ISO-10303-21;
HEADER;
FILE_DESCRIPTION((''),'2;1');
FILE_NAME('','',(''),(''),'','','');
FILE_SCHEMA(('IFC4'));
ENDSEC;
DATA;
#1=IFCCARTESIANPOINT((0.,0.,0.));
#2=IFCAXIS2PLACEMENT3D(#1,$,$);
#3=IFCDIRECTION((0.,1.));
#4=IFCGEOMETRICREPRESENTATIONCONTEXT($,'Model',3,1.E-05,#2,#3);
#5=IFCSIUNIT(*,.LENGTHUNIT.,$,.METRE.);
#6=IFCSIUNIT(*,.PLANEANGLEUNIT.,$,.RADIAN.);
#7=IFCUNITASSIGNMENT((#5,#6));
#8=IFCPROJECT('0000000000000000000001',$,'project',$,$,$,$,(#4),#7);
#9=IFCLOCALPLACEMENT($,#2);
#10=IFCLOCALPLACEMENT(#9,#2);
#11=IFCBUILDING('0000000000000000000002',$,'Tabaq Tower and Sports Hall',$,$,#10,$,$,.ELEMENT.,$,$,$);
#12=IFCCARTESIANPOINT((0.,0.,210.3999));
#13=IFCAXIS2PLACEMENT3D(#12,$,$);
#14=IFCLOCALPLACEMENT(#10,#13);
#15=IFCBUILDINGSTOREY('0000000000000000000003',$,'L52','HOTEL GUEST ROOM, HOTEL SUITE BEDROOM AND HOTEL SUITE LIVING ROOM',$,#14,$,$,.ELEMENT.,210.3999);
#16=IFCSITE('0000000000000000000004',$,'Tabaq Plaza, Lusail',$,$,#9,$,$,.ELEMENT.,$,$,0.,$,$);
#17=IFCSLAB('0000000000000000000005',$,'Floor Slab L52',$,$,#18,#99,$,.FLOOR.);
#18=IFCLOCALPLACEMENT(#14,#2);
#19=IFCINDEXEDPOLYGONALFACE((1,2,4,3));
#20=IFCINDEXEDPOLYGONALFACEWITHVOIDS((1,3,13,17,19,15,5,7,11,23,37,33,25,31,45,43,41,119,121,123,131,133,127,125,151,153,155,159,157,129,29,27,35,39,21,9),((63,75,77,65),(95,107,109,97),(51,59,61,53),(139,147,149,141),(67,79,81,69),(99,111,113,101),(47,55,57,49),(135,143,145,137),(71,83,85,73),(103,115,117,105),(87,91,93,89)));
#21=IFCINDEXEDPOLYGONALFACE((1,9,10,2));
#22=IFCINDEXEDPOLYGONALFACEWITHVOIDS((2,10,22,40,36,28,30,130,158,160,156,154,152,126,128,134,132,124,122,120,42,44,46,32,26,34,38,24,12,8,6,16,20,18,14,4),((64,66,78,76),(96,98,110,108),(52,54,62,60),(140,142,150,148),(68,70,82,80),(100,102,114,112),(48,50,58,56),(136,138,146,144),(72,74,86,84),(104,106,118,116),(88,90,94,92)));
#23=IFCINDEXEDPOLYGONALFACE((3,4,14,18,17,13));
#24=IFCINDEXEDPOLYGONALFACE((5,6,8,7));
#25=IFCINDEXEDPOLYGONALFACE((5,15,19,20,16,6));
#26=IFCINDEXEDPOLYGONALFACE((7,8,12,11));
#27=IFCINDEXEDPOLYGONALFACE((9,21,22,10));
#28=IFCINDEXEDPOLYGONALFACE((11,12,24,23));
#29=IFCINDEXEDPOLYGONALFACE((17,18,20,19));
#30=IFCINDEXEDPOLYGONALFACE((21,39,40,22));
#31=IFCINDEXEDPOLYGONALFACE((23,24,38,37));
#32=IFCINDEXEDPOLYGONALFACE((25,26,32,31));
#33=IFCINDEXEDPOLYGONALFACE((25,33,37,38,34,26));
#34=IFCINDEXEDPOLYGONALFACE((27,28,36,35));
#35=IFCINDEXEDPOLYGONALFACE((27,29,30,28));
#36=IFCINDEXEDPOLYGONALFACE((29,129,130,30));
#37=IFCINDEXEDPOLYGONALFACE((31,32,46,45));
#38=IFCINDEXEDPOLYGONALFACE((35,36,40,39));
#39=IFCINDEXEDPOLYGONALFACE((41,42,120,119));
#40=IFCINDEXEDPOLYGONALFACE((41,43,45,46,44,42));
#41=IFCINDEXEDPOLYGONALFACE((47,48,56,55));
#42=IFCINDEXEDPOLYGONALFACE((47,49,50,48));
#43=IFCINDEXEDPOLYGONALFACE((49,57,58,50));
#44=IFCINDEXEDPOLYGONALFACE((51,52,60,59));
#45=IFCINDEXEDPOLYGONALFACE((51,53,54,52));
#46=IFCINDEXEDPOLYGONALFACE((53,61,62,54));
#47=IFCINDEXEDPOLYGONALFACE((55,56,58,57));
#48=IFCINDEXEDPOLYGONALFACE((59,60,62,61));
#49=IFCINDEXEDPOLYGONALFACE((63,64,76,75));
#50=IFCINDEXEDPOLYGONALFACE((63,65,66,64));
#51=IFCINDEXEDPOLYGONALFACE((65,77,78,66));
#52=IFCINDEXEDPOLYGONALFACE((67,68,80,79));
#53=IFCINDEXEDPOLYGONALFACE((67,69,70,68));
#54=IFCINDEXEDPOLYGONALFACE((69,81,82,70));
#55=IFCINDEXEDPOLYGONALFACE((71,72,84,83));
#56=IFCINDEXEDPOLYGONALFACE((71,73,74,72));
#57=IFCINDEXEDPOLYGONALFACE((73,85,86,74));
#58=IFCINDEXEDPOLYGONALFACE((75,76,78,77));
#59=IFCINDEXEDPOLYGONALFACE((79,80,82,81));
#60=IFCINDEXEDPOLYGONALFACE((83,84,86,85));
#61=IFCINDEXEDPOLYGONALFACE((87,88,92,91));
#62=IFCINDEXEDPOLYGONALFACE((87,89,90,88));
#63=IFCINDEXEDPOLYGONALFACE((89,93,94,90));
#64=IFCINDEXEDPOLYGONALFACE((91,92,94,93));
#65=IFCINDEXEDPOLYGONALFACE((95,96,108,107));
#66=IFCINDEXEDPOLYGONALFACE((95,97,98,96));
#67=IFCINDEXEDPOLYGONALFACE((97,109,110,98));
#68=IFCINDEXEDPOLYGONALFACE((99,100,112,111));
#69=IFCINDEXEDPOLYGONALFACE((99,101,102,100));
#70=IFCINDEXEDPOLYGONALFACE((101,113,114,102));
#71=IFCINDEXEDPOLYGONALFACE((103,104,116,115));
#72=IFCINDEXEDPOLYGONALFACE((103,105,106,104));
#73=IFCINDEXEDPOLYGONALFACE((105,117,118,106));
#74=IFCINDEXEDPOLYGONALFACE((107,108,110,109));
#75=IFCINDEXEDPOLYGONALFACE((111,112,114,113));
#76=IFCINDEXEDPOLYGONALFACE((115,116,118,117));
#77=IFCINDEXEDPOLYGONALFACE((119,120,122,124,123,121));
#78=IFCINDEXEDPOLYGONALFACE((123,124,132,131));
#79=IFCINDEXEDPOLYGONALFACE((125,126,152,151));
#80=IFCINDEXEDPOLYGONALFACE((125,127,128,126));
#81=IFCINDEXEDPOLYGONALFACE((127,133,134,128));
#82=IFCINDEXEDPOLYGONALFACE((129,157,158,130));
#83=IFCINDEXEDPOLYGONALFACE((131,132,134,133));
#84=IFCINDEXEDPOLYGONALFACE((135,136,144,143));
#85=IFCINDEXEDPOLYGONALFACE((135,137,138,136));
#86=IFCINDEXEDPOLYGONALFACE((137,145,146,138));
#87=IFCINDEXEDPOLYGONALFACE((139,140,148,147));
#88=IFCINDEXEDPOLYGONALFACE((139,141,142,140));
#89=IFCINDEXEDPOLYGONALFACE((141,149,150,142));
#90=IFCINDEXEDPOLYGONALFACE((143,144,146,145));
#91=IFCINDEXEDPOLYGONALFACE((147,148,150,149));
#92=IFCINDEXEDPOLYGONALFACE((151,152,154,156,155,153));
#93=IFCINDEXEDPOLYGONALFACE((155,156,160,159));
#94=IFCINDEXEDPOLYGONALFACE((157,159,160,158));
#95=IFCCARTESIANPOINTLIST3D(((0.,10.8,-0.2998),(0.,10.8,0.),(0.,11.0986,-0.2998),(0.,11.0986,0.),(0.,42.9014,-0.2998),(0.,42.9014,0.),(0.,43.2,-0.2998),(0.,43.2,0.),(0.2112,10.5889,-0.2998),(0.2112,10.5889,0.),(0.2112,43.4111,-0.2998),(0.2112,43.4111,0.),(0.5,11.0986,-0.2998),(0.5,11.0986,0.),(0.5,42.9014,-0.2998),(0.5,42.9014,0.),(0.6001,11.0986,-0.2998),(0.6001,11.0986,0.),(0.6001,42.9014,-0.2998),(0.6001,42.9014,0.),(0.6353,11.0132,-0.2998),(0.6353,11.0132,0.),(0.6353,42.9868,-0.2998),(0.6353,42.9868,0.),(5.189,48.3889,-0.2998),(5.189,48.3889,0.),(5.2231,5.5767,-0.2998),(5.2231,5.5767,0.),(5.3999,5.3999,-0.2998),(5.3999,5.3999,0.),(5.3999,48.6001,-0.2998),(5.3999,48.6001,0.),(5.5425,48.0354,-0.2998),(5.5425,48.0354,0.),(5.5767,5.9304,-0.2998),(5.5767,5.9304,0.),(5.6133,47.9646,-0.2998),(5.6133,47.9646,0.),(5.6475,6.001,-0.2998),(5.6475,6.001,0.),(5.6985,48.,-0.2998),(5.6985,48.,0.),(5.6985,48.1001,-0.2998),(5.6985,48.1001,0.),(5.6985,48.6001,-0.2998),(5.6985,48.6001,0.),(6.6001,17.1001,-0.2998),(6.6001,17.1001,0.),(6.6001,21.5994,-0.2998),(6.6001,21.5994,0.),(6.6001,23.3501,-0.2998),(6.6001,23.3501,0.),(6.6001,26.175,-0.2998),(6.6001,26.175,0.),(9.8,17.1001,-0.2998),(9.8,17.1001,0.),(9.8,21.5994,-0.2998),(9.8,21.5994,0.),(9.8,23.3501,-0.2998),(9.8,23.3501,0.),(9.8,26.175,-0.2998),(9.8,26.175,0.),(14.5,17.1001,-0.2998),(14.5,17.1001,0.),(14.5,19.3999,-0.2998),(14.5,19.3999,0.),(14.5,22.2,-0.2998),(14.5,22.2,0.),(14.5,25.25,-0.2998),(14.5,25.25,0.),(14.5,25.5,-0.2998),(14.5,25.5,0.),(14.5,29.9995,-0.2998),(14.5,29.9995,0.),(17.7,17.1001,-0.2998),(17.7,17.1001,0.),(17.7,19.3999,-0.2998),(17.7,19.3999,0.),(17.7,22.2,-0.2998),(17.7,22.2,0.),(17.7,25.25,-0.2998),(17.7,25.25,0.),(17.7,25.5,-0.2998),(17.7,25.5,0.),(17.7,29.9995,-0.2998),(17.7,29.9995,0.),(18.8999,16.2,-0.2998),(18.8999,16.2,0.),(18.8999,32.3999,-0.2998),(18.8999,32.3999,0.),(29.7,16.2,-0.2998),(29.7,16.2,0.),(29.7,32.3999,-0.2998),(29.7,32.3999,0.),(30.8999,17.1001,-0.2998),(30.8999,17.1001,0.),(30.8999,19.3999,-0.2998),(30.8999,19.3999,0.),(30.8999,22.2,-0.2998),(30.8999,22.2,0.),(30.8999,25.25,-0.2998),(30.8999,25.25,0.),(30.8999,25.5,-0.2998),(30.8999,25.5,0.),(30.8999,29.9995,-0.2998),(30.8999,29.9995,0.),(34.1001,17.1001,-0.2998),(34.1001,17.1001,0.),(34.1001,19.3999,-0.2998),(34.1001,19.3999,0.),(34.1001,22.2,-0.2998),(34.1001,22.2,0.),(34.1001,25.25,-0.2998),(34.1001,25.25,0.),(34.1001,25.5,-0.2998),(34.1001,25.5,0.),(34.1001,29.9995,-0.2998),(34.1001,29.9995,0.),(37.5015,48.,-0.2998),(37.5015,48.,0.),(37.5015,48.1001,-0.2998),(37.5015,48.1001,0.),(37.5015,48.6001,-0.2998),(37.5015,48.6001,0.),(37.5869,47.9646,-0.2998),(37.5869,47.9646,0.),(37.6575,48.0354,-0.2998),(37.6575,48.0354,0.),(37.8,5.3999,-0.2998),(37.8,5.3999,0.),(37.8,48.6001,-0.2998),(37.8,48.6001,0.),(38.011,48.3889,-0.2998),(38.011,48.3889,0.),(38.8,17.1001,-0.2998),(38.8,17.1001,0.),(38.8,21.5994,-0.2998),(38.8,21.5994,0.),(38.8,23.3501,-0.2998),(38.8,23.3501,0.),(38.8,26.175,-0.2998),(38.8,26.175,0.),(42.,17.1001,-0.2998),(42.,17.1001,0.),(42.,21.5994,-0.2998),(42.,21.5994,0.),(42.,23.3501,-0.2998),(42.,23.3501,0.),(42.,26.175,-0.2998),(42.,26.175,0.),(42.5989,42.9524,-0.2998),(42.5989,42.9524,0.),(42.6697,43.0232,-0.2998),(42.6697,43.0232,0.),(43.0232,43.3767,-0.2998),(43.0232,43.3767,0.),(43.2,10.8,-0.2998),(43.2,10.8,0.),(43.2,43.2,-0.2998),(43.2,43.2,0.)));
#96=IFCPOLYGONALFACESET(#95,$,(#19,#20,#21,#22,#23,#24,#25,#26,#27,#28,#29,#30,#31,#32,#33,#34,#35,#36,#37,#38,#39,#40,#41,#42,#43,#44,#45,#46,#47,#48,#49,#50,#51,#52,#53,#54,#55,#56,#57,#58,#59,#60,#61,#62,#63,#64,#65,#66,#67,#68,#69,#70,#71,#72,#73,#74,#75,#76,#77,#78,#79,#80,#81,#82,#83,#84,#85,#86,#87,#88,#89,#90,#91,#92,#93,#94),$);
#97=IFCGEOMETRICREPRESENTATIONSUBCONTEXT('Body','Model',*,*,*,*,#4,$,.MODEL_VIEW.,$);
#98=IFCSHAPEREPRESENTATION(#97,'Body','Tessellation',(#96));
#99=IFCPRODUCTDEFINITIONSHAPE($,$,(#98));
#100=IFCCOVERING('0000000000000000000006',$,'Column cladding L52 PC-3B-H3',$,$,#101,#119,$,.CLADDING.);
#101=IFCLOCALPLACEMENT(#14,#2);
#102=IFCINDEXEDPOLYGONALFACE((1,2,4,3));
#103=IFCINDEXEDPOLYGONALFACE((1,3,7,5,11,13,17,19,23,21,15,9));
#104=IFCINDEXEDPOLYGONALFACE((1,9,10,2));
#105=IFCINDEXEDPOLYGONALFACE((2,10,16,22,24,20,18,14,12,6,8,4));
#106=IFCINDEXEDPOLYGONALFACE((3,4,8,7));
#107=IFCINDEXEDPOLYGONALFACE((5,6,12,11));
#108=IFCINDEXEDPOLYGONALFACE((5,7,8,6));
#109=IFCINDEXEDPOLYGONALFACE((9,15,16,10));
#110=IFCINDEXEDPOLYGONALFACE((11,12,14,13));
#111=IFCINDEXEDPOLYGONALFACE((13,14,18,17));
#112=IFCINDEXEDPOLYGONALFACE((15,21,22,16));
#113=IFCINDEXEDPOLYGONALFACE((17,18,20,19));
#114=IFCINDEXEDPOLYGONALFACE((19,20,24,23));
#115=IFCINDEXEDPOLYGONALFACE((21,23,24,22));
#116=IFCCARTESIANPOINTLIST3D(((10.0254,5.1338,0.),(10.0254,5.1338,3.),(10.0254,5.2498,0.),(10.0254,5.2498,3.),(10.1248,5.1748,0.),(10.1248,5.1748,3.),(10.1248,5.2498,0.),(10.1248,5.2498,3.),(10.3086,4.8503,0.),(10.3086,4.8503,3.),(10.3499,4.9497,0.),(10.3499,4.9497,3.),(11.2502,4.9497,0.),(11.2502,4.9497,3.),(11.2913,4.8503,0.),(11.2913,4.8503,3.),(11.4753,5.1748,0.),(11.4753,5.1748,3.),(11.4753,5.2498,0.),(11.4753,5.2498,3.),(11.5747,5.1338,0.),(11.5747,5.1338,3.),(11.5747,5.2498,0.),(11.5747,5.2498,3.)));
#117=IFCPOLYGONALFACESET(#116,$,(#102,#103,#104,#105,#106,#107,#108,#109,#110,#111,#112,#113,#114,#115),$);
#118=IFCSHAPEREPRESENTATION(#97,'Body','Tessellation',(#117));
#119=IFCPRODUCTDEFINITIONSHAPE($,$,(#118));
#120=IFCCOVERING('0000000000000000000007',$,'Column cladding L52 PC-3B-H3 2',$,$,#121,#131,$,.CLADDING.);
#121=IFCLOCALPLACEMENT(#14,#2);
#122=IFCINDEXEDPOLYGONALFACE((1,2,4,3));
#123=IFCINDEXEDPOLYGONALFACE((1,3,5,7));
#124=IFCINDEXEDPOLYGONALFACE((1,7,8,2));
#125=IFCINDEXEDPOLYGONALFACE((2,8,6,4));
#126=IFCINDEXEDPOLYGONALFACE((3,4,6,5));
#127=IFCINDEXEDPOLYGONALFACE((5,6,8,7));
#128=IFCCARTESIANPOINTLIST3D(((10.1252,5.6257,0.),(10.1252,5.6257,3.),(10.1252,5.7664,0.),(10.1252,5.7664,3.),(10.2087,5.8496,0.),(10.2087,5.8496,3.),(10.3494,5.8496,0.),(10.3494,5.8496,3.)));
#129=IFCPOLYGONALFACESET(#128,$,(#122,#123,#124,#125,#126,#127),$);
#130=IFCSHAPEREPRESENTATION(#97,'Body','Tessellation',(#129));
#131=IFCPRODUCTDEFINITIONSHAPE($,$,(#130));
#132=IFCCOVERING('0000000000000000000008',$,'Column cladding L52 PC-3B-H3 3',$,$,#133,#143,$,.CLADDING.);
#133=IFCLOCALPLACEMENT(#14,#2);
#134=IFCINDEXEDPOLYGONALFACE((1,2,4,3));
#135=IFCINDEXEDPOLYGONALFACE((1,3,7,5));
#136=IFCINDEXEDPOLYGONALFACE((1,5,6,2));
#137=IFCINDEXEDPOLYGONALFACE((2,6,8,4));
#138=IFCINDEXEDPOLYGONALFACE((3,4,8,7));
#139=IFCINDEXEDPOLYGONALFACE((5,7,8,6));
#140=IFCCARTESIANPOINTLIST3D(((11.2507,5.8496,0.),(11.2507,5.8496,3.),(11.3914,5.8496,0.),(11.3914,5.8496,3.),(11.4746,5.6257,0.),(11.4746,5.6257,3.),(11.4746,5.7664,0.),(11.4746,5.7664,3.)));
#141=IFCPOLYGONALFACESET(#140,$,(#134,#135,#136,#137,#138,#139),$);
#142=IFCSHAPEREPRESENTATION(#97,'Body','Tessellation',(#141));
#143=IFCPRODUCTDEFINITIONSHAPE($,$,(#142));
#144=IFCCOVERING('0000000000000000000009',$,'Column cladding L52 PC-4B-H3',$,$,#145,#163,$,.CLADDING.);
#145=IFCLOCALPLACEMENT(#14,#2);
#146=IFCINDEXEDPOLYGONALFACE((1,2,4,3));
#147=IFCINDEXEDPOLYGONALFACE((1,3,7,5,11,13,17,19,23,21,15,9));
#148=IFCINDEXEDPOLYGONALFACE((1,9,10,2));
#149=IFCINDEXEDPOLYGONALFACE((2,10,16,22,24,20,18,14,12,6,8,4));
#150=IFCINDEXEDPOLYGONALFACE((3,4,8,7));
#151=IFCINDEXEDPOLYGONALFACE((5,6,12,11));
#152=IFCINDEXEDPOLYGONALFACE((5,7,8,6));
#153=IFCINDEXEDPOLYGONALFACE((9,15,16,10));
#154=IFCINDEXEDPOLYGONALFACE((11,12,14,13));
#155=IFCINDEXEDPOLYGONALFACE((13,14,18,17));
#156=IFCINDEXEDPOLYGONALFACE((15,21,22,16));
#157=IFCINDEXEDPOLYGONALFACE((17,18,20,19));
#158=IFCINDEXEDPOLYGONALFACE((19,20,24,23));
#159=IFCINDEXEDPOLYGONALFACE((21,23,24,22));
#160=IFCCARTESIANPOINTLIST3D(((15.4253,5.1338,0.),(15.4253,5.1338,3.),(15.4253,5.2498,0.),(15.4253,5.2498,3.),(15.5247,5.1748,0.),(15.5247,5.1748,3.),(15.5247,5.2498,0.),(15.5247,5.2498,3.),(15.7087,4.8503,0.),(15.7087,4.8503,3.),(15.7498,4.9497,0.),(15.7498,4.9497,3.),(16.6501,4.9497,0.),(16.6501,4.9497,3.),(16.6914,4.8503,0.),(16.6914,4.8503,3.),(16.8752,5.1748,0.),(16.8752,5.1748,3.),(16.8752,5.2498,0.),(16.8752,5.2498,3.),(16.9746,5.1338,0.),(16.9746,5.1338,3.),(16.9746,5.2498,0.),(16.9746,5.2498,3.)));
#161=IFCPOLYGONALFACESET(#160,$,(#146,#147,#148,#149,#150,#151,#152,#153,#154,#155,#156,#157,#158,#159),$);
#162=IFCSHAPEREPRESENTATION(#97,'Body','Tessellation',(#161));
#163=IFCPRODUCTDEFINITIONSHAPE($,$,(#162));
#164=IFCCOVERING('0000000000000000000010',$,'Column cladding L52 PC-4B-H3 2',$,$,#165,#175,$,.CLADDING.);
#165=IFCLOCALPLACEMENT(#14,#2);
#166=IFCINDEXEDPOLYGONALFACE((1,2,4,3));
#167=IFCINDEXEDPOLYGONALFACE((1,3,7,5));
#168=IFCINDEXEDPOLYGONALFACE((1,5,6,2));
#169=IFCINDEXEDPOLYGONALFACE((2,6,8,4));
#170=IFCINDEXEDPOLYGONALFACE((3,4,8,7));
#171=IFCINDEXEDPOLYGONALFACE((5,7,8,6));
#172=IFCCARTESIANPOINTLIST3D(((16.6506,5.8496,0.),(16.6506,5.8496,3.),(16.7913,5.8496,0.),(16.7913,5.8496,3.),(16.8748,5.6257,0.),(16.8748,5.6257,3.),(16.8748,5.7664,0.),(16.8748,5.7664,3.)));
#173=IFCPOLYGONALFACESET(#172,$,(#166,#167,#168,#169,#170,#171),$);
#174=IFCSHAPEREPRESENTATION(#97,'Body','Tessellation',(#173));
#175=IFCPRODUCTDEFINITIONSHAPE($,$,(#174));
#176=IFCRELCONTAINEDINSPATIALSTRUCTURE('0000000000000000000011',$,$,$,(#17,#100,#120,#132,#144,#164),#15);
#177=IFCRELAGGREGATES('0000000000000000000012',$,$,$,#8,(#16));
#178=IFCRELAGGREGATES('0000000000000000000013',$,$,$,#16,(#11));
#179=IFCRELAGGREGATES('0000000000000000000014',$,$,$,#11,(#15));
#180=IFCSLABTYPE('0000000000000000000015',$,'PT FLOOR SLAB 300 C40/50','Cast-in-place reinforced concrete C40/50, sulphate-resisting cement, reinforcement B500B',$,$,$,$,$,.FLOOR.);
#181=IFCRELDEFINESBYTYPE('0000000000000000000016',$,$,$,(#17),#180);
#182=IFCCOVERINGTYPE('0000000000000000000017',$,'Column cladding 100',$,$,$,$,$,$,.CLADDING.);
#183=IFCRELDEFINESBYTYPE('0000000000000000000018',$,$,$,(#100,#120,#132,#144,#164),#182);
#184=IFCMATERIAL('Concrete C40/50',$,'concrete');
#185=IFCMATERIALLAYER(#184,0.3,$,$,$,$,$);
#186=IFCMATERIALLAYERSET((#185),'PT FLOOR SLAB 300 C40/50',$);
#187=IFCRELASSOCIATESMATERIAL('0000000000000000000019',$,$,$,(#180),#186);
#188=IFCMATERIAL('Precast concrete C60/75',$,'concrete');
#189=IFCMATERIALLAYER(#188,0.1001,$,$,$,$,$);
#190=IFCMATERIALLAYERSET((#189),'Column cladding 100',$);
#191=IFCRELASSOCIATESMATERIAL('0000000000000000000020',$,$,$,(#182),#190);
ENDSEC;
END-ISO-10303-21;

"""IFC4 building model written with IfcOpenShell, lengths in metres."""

from ifc_helpers import new_model, si_unit, direction, frame, origin, place, context, subcontext, project, spatial, polyline, outline, extrude, material, layer, layer_set, type_object, element, save


model = new_model("IFC4")

# Units and contexts
model_context = context("Model", 3, precision=1e-05, world=origin(), true_north=direction((0.0, 1.0)))
body_context = subcontext(model_context, "Body", "Model", "MODEL_VIEW")
ifc_project = project(units=[si_unit("LENGTHUNIT", "METRE"), si_unit("PLANEANGLEUNIT", "RADIAN")], contexts=[model_context])

# Site, building, storey
site_placement = place(None, origin())
site = spatial("IfcSite", under=ifc_project, at=site_placement, Name="Tabaq Plaza, Lusail", CompositionType="ELEMENT", RefElevation=0.0)
building_placement = place(site_placement, origin())
building = spatial("IfcBuilding", under=site, at=building_placement, Name="Tabaq Tower and Sports Hall", CompositionType="ELEMENT")
storey_placement = place(building_placement, frame((0.0, 0.0, 210.3999)))
storey = spatial("IfcBuildingStorey", under=building, at=storey_placement, Name="L52", Description="HOTEL GUEST ROOM, HOTEL SUITE BEDROOM AND HOTEL SUITE LIVING ROOM", CompositionType="ELEMENT", Elevation=210.3999)

# Slab
ifc_material_1 = material(Name="Concrete C40/50", Category="concrete")
ifc_layer_1 = layer(ifc_material_1, 0.3)
ifc_layer_set_1 = layer_set([ifc_layer_1], Name="PT FLOOR SLAB 300 C40/50")
slab_type = type_object("IfcSlabType", Name="PT FLOOR SLAB 300 C40/50", Description="Cast-in-place reinforced concrete C40/50, sulphate-resisting cement, reinforcement B500B", PredefinedType="FLOOR", material=ifc_layer_set_1)
slab_placement = place(storey_placement, frame((0.0, 0.0, -0.2998)))
element("IfcSlab", 1, at=slab_placement, inside=storey, type_object=slab_type, Name="Floor Slab L52", PredefinedType="FLOOR", context=body_context, shape_type="SweptSolid", body=[
    extrude(outline(polyline([(0.0, 11.0986), (0.0, 10.8), (0.2112, 10.5889), (0.6353, 11.0132), (5.6475, 6.001), (5.5767, 5.9304), (5.2231, 5.5767), (5.3999, 5.3999), (37.8, 5.3999), (43.2, 10.8), (43.2, 43.2), (43.0232, 43.3767), (42.6697, 43.0232), (42.5989, 42.9524), (37.5869, 47.9646), (37.6575, 48.0354), (38.011, 48.3889), (37.8, 48.6001), (37.5015, 48.6001), (37.5015, 48.1001), (37.5015, 48.0), (5.6985, 48.0), (5.6985, 48.1001), (5.6985, 48.6001), (5.3999, 48.6001), (5.189, 48.3889), (5.5425, 48.0354), (5.6133, 47.9646), (0.6353, 42.9868), (0.2112, 43.4111), (0.0, 43.2), (0.0, 42.9014), (0.5, 42.9014), (0.6001, 42.9014), (0.6001, 11.0986), (0.5, 11.0986), (0.0, 11.0986)]), holes=[polyline([(14.5, 19.3999), (17.7, 19.3999), (17.7, 17.1001), (14.5, 17.1001), (14.5, 19.3999)]), polyline([(6.6001, 21.5994), (9.8, 21.5994), (9.8, 17.1001), (6.6001, 17.1001), (6.6001, 21.5994)]), polyline([(14.5, 25.25), (17.7, 25.25), (17.7, 22.2), (14.5, 22.2), (14.5, 25.25)]), polyline([(18.8999, 32.3999), (29.7, 32.3999), (29.7, 16.2), (18.8999, 16.2), (18.8999, 32.3999)]), polyline([(9.8, 26.175), (9.8, 23.3501), (6.6001, 23.3501), (6.6001, 26.175), (9.8, 26.175)]), polyline([(14.5, 29.9995), (17.7, 29.9995), (17.7, 25.5), (14.5, 25.5), (14.5, 29.9995)]), polyline([(34.1001, 19.3999), (34.1001, 17.1001), (30.8999, 17.1001), (30.8999, 19.3999), (34.1001, 19.3999)]), polyline([(42.0, 21.5994), (42.0, 17.1001), (38.8, 17.1001), (38.8, 21.5994), (42.0, 21.5994)]), polyline([(30.8999, 25.25), (34.1001, 25.25), (34.1001, 22.2), (30.8999, 22.2), (30.8999, 25.25)]), polyline([(42.0, 26.175), (42.0, 23.3501), (38.8, 23.3501), (38.8, 26.175), (42.0, 26.175)]), polyline([(34.1001, 29.9995), (34.1001, 25.5), (30.8999, 25.5), (30.8999, 29.9995), (34.1001, 29.9995)])]), origin(), (0.0, 0.0, 1.0), 0.2998),
])

# Coverings
ifc_material_2 = material(Name="Precast concrete C60/75", Category="concrete")
ifc_layer_2 = layer(ifc_material_2, 0.1001)
ifc_layer_set_2 = layer_set([ifc_layer_2], Name="Column cladding 100")
covering_type = type_object("IfcCoveringType", Name="Column cladding 100", PredefinedType="CLADDING", material=ifc_layer_set_2)
covering_1_placement = place(storey_placement, origin())
element("IfcCovering", 2, at=covering_1_placement, inside=storey, type_object=covering_type, Name="Column cladding L52 PC-3B-H3", PredefinedType="CLADDING", context=body_context, shape_type="SweptSolid", body=[
    extrude(outline(polyline([(10.0254, 5.2498), (10.1248, 5.2498), (10.1248, 5.1748), (10.3499, 4.9497), (11.2502, 4.9497), (11.4753, 5.1748), (11.4753, 5.2498), (11.5747, 5.2498), (11.5747, 5.1338), (11.2913, 4.8503), (10.3086, 4.8503), (10.0254, 5.1338), (10.0254, 5.2498)])), origin(), (0.0, 0.0, 1.0), 3.0),
])
covering_2_placement = place(storey_placement, origin())
element("IfcCovering", 3, at=covering_2_placement, inside=storey, type_object=covering_type, Name="Column cladding L52 PC-3B-H3 2", PredefinedType="CLADDING", context=body_context, shape_type="SweptSolid", body=[
    extrude(outline(polyline([(10.2087, 5.8496), (10.3494, 5.8496), (10.1252, 5.6257), (10.1252, 5.7664), (10.2087, 5.8496)])), origin(), (0.0, 0.0, 1.0), 3.0),
])
covering_3_placement = place(storey_placement, origin())
element("IfcCovering", 4, at=covering_3_placement, inside=storey, type_object=covering_type, Name="Column cladding L52 PC-3B-H3 3", PredefinedType="CLADDING", context=body_context, shape_type="SweptSolid", body=[
    extrude(outline(polyline([(11.4746, 5.7664), (11.4746, 5.6257), (11.2507, 5.8496), (11.3914, 5.8496), (11.4746, 5.7664)])), origin(), (0.0, 0.0, 1.0), 3.0),
])
covering_4_placement = place(storey_placement, origin())
element("IfcCovering", 5, at=covering_4_placement, inside=storey, type_object=covering_type, Name="Column cladding L52 PC-4B-H3", PredefinedType="CLADDING", context=body_context, shape_type="SweptSolid", body=[
    extrude(outline(polyline([(15.4253, 5.2498), (15.5247, 5.2498), (15.5247, 5.1748), (15.7498, 4.9497), (16.6501, 4.9497), (16.8752, 5.1748), (16.8752, 5.2498), (16.9746, 5.2498), (16.9746, 5.1338), (16.6914, 4.8503), (15.7087, 4.8503), (15.4253, 5.1338), (15.4253, 5.2498)])), origin(), (0.0, 0.0, 1.0), 3.0),
])
covering_5_placement = place(storey_placement, origin())
element("IfcCovering", 6, at=covering_5_placement, inside=storey, type_object=covering_type, Name="Column cladding L52 PC-4B-H3 2", PredefinedType="CLADDING", context=body_context, shape_type="SweptSolid", body=[
    extrude(outline(polyline([(16.8748, 5.7664), (16.8748, 5.6257), (16.6506, 5.8496), (16.7913, 5.8496), (16.8748, 5.7664)])), origin(), (0.0, 0.0, 1.0), 3.0),
])

save(model, "model.ifc")
